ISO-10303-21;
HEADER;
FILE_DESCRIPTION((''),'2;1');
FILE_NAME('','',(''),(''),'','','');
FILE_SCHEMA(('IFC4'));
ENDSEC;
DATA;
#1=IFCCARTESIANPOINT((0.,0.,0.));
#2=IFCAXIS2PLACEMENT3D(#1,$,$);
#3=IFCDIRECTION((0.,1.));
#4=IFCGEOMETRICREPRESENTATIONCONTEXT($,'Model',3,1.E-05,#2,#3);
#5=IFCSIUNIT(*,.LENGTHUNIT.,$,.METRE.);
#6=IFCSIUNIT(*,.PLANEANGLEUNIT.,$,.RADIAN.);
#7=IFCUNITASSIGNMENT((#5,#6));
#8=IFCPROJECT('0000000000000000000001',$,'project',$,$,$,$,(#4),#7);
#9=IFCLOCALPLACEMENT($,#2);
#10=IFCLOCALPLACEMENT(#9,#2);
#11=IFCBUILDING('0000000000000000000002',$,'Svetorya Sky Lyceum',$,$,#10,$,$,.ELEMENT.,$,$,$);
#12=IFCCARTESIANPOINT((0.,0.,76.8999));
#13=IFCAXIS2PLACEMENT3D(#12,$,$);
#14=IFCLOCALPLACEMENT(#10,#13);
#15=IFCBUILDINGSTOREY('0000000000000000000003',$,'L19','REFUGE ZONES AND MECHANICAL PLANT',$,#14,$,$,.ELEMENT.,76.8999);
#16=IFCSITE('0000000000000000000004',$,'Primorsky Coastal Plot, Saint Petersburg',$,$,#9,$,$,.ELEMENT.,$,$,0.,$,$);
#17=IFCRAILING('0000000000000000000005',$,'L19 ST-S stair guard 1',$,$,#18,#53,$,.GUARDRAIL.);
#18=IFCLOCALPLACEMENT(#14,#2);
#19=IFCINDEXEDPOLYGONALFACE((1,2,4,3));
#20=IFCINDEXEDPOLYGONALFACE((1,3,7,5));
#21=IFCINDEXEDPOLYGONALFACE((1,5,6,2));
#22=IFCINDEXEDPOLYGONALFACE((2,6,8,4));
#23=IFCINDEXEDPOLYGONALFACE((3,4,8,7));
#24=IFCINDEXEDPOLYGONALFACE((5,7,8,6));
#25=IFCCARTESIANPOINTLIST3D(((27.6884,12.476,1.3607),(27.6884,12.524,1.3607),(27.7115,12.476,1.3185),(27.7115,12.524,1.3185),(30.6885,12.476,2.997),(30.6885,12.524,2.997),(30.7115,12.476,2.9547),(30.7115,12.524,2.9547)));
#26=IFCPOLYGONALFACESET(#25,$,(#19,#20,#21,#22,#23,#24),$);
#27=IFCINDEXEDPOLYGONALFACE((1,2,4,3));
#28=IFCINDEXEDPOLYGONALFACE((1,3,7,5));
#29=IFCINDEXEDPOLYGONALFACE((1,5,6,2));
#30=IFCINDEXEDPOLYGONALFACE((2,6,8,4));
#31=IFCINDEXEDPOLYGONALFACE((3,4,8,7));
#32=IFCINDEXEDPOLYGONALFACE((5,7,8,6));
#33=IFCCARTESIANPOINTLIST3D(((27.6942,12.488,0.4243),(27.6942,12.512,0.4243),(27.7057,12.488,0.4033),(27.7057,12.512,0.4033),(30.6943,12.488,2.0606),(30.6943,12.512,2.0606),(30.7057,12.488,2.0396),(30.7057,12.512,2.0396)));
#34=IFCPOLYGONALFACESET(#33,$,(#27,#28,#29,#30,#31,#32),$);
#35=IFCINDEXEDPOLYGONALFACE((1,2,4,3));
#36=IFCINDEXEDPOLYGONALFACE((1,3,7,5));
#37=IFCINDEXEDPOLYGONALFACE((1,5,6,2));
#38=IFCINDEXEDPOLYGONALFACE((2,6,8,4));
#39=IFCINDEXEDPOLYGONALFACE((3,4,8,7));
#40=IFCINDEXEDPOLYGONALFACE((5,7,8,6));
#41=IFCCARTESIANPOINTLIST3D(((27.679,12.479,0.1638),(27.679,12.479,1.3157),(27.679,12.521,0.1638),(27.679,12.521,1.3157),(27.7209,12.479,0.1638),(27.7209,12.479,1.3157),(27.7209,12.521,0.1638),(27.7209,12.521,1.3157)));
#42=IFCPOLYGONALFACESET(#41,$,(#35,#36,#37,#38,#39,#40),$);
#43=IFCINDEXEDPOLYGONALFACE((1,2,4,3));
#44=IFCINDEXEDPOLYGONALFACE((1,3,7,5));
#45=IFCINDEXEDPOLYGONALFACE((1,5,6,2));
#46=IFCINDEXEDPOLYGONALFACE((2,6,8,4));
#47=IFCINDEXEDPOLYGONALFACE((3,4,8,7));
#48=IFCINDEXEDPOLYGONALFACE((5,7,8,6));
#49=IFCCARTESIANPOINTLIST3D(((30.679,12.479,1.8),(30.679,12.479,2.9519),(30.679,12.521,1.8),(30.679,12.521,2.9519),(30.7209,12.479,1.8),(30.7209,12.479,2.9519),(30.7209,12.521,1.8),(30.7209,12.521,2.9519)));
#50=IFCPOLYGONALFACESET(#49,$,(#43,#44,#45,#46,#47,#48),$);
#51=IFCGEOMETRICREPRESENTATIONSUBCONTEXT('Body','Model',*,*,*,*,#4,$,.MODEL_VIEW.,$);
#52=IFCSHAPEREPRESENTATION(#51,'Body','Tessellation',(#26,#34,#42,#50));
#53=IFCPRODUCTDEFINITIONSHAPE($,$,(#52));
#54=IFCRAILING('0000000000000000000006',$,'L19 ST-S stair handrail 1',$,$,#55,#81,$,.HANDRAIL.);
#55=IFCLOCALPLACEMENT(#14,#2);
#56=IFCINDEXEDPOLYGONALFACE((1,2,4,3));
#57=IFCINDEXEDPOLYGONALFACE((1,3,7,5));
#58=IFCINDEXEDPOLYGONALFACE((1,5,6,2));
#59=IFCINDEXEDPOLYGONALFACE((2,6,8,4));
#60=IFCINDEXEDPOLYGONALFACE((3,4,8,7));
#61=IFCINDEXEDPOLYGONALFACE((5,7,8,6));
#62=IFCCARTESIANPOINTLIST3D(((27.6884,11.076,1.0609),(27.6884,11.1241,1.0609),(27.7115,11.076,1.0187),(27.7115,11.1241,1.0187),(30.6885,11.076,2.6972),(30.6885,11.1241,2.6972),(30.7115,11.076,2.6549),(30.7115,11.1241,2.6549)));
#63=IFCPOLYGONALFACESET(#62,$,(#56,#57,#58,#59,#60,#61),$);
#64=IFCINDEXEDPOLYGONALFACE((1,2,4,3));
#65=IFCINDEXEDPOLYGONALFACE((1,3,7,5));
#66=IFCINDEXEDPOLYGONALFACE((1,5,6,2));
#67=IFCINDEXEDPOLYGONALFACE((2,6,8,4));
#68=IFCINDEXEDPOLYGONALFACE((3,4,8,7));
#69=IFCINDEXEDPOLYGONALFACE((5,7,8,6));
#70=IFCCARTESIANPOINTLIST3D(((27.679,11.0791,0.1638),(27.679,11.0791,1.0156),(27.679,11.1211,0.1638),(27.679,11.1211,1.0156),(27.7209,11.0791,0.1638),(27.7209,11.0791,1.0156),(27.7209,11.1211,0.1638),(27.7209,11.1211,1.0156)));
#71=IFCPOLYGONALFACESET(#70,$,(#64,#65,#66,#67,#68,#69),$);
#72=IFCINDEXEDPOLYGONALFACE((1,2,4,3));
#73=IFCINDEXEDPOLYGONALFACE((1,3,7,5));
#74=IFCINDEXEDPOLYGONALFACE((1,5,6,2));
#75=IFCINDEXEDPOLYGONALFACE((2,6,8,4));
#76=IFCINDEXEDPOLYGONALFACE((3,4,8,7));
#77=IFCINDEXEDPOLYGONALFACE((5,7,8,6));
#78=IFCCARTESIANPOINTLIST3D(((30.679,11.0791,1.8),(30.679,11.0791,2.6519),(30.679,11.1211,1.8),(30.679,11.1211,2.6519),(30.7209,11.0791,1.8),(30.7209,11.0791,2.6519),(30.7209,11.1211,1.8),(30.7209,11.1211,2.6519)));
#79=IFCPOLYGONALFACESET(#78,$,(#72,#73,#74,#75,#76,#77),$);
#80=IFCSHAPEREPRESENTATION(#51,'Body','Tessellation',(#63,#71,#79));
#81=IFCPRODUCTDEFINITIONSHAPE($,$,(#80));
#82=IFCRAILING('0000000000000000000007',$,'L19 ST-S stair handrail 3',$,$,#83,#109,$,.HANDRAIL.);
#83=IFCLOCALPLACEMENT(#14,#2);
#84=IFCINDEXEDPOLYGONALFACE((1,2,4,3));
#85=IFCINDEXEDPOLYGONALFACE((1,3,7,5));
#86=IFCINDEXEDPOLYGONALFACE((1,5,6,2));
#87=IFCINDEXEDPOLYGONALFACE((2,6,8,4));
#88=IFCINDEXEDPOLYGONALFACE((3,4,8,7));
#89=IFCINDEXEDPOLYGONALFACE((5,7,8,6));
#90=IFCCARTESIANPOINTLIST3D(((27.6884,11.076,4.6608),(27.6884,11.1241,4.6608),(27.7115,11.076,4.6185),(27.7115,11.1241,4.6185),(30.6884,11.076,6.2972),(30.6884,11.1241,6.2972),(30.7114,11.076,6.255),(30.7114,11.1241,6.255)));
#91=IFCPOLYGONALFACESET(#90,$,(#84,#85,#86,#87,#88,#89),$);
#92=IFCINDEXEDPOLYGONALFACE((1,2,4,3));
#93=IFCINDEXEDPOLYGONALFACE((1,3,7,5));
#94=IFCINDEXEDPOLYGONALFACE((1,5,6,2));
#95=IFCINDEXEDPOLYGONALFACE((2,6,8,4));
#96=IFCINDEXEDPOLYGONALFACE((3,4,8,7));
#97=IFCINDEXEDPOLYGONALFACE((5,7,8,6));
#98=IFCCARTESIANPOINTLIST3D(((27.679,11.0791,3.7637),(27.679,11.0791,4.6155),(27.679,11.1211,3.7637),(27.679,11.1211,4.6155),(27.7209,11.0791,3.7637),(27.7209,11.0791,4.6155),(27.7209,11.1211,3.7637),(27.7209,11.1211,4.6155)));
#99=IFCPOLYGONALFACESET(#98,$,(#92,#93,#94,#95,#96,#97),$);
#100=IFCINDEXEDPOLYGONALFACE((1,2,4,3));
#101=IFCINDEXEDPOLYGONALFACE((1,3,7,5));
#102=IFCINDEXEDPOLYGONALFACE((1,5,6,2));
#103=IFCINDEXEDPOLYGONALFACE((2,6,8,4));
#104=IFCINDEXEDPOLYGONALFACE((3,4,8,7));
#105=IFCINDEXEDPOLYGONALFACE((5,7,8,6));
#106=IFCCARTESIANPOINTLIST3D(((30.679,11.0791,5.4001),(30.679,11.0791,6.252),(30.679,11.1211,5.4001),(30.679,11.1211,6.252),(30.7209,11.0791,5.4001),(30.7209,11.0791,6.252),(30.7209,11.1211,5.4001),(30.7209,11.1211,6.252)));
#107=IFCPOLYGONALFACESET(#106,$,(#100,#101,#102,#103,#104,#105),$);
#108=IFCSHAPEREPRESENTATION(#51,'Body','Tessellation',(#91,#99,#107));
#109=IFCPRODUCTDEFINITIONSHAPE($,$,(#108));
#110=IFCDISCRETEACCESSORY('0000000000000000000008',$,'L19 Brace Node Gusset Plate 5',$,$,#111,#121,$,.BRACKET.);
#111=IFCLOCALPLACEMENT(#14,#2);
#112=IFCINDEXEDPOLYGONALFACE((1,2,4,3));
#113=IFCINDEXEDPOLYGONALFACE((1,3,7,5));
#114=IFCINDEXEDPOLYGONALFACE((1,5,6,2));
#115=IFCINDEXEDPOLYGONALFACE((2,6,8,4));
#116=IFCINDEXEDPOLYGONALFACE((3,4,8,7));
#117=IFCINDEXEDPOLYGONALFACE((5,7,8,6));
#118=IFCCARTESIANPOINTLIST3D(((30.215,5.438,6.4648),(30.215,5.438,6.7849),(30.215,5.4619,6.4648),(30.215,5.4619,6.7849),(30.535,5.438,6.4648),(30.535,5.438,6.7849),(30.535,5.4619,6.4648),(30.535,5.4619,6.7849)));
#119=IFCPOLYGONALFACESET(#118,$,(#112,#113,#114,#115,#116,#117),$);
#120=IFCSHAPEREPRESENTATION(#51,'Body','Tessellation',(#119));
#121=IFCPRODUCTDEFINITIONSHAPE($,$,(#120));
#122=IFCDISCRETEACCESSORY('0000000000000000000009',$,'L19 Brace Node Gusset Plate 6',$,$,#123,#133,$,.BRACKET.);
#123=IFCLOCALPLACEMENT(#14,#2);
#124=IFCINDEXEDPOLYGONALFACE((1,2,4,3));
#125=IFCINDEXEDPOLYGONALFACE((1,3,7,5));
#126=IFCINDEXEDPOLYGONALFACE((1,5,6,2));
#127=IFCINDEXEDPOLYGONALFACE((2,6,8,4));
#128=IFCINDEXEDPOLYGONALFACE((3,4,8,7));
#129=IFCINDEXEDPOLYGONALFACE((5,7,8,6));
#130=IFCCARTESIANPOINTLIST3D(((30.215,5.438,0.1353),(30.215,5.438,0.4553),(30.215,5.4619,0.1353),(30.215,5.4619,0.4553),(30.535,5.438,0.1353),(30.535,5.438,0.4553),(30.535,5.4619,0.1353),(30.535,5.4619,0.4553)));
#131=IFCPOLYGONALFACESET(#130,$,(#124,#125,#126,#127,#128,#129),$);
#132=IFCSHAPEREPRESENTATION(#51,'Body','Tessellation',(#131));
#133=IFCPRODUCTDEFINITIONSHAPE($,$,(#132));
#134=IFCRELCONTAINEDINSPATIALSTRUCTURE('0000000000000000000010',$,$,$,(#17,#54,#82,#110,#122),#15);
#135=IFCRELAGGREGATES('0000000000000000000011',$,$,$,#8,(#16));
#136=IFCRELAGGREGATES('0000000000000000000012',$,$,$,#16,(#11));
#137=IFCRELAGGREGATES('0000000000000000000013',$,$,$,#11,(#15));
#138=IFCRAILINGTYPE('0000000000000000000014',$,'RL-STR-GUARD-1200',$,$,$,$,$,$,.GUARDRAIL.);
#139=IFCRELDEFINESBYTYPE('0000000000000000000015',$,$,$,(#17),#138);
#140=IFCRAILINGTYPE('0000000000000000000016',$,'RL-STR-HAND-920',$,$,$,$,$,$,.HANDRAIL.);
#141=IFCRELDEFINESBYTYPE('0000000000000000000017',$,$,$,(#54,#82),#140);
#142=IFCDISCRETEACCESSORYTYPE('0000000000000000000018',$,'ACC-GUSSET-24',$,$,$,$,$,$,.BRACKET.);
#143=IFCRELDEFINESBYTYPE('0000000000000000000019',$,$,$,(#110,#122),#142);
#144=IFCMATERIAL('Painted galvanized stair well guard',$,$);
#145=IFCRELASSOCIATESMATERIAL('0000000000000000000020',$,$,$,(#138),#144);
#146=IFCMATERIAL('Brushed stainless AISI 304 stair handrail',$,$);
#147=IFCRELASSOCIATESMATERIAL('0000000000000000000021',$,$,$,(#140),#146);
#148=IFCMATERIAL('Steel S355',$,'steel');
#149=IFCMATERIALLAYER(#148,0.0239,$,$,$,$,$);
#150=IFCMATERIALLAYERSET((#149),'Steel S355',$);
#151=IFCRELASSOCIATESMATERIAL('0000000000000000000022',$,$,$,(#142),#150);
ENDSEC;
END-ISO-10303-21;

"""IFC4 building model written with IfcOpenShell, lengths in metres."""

from ifc_helpers import new_model, si_unit, direction, frame, origin, origin_2d, place, context, subcontext, project, spatial, rectangle, extrude, material, layer, layer_set, type_object, element, save


model = new_model("IFC4")

# Units and contexts
model_context = context("Model", 3, precision=1e-05, world=origin(), true_north=direction((0.0, 1.0)))
body_context = subcontext(model_context, "Body", "Model", "MODEL_VIEW")
ifc_project = project(units=[si_unit("LENGTHUNIT", "METRE"), si_unit("PLANEANGLEUNIT", "RADIAN")], contexts=[model_context])

# Site, building, storey
site_placement = place(None, origin())
site = spatial("IfcSite", under=ifc_project, at=site_placement, Name="Primorsky Coastal Plot, Saint Petersburg", CompositionType="ELEMENT", RefElevation=0.0)
building_placement = place(site_placement, origin())
building = spatial("IfcBuilding", under=site, at=building_placement, Name="Svetorya Sky Lyceum", CompositionType="ELEMENT")
storey_placement = place(building_placement, frame((0.0, 0.0, 76.8999)))
storey = spatial("IfcBuildingStorey", under=building, at=storey_placement, Name="L19", Description="REFUGE ZONES AND MECHANICAL PLANT", CompositionType="ELEMENT", Elevation=76.8999)

# Shared definitions
ifc_material_1 = material(Name="Steel S355", Category="steel")

# Railings
ifc_material_2 = material(Name="Painted galvanized stair well guard")
railing_type_1 = type_object("IfcRailingType", Name="RL-STR-GUARD-1200", PredefinedType="GUARDRAIL", material=ifc_material_2)
railing_1_placement = place(storey_placement, frame((27.7, 12.5, 0.1638)))
element("IfcRailing", 1, at=railing_1_placement, inside=storey, type_object=railing_type_1, Name="L19 ST-S stair guard 1", PredefinedType="GUARDRAIL", context=body_context, shape_type="SweptSolid", body=[
    extrude(rectangle(XDim=0.0481, YDim=0.0481, at=origin_2d()), frame((0.0, 0.0, 1.1758), z_axis=(0.877912, 0.0, 0.478822), x_axis=(0.0, 1.0, 0.0)), (0.0, 0.0, 1.0), 3.4172),
    extrude(rectangle(XDim=0.0239, YDim=0.0239, at=origin_2d()), frame((0.0, 0.0, 0.25), z_axis=(0.877912, 0.0, 0.478822), x_axis=(0.0, 1.0, 0.0)), (0.0, 0.0, 1.0), 3.4172),
    extrude(rectangle(XDim=0.042, YDim=0.042, at=origin_2d()), origin(), (0.0, 0.0, 1.0), 1.1519),
    extrude(rectangle(XDim=0.042, YDim=0.042, at=origin_2d()), frame((3.0, 0.0, 1.6362)), (0.0, 0.0, 1.0), 1.1519),
])
ifc_material_3 = material(Name="Brushed stainless AISI 304 stair handrail")
railing_type_2 = type_object("IfcRailingType", Name="RL-STR-HAND-920", PredefinedType="HANDRAIL", material=ifc_material_3)
railing_2_placement = place(storey_placement, frame((27.7, 11.1001, 0.1638)))
element("IfcRailing", 2, at=railing_2_placement, inside=storey, type_object=railing_type_2, Name="L19 ST-S stair handrail 1", PredefinedType="HANDRAIL", context=body_context, shape_type="SweptSolid", body=[
    extrude(rectangle(XDim=0.0481, YDim=0.0481, at=origin_2d()), frame((0.0, 0.0, 0.876), z_axis=(0.877912, 0.0, 0.478822), x_axis=(0.0, 1.0, 0.0)), (0.0, 0.0, 1.0), 3.4172),
    extrude(rectangle(XDim=0.042, YDim=0.042, at=origin_2d()), origin(), (0.0, 0.0, 1.0), 0.8518),
    extrude(rectangle(XDim=0.042, YDim=0.042, at=origin_2d()), frame((3.0, 0.0, 1.6362)), (0.0, 0.0, 1.0), 0.8518),
])
railing_3_placement = place(storey_placement, frame((27.7, 11.1001, 3.7637)))
element("IfcRailing", 3, at=railing_3_placement, inside=storey, type_object=railing_type_2, Name="L19 ST-S stair handrail 3", PredefinedType="HANDRAIL", context=body_context, shape_type="SweptSolid", body=[
    extrude(rectangle(XDim=0.0481, YDim=0.0481, at=origin_2d()), frame((0.0, 0.0, 0.876), z_axis=(0.877882, 0.0, 0.478877), x_axis=(0.0, 1.0, 0.0)), (0.0, 0.0, 1.0), 3.4172),
    extrude(rectangle(XDim=0.042, YDim=0.042, at=origin_2d()), origin(), (0.0, 0.0, 1.0), 0.8518),
    extrude(rectangle(XDim=0.042, YDim=0.042, at=origin_2d()), frame((3.0, 0.0, 1.6365)), (0.0, 0.0, 1.0), 0.8518),
])

# Discrete accessories
ifc_layer_1 = layer(ifc_material_1, 0.0239)
ifc_layer_set_1 = layer_set([ifc_layer_1], Name="Steel S355")
discrete_accessory_type = type_object("IfcDiscreteAccessoryType", Name="ACC-GUSSET-24", PredefinedType="BRACKET", material=ifc_layer_set_1)
for number, where, z_axis, x_axis, name in (
    (4, (30.375, 5.45, 6.4648), (0.0, 0.0, 1.0), (1.0, 0.0, 0.0), "L19 Brace Node Gusset Plate 5"),
    (5, (30.375, 5.45, 0.1353), (0.0, 0.0, 1.0), (1.0, 0.0, 0.0), "L19 Brace Node Gusset Plate 6"),
):
    element("IfcDiscreteAccessory", number, at=place(storey_placement, frame(where, z_axis=z_axis, x_axis=x_axis)), inside=storey, type_object=discrete_accessory_type, Name=name, PredefinedType="BRACKET", context=body_context, shape_type="SweptSolid", body=[
        extrude(rectangle(XDim=0.3201, YDim=0.0239, at=origin_2d()), origin(), (0.0, 0.0, 1.0), 0.3201),
    ])

save(model, "model.ifc")
